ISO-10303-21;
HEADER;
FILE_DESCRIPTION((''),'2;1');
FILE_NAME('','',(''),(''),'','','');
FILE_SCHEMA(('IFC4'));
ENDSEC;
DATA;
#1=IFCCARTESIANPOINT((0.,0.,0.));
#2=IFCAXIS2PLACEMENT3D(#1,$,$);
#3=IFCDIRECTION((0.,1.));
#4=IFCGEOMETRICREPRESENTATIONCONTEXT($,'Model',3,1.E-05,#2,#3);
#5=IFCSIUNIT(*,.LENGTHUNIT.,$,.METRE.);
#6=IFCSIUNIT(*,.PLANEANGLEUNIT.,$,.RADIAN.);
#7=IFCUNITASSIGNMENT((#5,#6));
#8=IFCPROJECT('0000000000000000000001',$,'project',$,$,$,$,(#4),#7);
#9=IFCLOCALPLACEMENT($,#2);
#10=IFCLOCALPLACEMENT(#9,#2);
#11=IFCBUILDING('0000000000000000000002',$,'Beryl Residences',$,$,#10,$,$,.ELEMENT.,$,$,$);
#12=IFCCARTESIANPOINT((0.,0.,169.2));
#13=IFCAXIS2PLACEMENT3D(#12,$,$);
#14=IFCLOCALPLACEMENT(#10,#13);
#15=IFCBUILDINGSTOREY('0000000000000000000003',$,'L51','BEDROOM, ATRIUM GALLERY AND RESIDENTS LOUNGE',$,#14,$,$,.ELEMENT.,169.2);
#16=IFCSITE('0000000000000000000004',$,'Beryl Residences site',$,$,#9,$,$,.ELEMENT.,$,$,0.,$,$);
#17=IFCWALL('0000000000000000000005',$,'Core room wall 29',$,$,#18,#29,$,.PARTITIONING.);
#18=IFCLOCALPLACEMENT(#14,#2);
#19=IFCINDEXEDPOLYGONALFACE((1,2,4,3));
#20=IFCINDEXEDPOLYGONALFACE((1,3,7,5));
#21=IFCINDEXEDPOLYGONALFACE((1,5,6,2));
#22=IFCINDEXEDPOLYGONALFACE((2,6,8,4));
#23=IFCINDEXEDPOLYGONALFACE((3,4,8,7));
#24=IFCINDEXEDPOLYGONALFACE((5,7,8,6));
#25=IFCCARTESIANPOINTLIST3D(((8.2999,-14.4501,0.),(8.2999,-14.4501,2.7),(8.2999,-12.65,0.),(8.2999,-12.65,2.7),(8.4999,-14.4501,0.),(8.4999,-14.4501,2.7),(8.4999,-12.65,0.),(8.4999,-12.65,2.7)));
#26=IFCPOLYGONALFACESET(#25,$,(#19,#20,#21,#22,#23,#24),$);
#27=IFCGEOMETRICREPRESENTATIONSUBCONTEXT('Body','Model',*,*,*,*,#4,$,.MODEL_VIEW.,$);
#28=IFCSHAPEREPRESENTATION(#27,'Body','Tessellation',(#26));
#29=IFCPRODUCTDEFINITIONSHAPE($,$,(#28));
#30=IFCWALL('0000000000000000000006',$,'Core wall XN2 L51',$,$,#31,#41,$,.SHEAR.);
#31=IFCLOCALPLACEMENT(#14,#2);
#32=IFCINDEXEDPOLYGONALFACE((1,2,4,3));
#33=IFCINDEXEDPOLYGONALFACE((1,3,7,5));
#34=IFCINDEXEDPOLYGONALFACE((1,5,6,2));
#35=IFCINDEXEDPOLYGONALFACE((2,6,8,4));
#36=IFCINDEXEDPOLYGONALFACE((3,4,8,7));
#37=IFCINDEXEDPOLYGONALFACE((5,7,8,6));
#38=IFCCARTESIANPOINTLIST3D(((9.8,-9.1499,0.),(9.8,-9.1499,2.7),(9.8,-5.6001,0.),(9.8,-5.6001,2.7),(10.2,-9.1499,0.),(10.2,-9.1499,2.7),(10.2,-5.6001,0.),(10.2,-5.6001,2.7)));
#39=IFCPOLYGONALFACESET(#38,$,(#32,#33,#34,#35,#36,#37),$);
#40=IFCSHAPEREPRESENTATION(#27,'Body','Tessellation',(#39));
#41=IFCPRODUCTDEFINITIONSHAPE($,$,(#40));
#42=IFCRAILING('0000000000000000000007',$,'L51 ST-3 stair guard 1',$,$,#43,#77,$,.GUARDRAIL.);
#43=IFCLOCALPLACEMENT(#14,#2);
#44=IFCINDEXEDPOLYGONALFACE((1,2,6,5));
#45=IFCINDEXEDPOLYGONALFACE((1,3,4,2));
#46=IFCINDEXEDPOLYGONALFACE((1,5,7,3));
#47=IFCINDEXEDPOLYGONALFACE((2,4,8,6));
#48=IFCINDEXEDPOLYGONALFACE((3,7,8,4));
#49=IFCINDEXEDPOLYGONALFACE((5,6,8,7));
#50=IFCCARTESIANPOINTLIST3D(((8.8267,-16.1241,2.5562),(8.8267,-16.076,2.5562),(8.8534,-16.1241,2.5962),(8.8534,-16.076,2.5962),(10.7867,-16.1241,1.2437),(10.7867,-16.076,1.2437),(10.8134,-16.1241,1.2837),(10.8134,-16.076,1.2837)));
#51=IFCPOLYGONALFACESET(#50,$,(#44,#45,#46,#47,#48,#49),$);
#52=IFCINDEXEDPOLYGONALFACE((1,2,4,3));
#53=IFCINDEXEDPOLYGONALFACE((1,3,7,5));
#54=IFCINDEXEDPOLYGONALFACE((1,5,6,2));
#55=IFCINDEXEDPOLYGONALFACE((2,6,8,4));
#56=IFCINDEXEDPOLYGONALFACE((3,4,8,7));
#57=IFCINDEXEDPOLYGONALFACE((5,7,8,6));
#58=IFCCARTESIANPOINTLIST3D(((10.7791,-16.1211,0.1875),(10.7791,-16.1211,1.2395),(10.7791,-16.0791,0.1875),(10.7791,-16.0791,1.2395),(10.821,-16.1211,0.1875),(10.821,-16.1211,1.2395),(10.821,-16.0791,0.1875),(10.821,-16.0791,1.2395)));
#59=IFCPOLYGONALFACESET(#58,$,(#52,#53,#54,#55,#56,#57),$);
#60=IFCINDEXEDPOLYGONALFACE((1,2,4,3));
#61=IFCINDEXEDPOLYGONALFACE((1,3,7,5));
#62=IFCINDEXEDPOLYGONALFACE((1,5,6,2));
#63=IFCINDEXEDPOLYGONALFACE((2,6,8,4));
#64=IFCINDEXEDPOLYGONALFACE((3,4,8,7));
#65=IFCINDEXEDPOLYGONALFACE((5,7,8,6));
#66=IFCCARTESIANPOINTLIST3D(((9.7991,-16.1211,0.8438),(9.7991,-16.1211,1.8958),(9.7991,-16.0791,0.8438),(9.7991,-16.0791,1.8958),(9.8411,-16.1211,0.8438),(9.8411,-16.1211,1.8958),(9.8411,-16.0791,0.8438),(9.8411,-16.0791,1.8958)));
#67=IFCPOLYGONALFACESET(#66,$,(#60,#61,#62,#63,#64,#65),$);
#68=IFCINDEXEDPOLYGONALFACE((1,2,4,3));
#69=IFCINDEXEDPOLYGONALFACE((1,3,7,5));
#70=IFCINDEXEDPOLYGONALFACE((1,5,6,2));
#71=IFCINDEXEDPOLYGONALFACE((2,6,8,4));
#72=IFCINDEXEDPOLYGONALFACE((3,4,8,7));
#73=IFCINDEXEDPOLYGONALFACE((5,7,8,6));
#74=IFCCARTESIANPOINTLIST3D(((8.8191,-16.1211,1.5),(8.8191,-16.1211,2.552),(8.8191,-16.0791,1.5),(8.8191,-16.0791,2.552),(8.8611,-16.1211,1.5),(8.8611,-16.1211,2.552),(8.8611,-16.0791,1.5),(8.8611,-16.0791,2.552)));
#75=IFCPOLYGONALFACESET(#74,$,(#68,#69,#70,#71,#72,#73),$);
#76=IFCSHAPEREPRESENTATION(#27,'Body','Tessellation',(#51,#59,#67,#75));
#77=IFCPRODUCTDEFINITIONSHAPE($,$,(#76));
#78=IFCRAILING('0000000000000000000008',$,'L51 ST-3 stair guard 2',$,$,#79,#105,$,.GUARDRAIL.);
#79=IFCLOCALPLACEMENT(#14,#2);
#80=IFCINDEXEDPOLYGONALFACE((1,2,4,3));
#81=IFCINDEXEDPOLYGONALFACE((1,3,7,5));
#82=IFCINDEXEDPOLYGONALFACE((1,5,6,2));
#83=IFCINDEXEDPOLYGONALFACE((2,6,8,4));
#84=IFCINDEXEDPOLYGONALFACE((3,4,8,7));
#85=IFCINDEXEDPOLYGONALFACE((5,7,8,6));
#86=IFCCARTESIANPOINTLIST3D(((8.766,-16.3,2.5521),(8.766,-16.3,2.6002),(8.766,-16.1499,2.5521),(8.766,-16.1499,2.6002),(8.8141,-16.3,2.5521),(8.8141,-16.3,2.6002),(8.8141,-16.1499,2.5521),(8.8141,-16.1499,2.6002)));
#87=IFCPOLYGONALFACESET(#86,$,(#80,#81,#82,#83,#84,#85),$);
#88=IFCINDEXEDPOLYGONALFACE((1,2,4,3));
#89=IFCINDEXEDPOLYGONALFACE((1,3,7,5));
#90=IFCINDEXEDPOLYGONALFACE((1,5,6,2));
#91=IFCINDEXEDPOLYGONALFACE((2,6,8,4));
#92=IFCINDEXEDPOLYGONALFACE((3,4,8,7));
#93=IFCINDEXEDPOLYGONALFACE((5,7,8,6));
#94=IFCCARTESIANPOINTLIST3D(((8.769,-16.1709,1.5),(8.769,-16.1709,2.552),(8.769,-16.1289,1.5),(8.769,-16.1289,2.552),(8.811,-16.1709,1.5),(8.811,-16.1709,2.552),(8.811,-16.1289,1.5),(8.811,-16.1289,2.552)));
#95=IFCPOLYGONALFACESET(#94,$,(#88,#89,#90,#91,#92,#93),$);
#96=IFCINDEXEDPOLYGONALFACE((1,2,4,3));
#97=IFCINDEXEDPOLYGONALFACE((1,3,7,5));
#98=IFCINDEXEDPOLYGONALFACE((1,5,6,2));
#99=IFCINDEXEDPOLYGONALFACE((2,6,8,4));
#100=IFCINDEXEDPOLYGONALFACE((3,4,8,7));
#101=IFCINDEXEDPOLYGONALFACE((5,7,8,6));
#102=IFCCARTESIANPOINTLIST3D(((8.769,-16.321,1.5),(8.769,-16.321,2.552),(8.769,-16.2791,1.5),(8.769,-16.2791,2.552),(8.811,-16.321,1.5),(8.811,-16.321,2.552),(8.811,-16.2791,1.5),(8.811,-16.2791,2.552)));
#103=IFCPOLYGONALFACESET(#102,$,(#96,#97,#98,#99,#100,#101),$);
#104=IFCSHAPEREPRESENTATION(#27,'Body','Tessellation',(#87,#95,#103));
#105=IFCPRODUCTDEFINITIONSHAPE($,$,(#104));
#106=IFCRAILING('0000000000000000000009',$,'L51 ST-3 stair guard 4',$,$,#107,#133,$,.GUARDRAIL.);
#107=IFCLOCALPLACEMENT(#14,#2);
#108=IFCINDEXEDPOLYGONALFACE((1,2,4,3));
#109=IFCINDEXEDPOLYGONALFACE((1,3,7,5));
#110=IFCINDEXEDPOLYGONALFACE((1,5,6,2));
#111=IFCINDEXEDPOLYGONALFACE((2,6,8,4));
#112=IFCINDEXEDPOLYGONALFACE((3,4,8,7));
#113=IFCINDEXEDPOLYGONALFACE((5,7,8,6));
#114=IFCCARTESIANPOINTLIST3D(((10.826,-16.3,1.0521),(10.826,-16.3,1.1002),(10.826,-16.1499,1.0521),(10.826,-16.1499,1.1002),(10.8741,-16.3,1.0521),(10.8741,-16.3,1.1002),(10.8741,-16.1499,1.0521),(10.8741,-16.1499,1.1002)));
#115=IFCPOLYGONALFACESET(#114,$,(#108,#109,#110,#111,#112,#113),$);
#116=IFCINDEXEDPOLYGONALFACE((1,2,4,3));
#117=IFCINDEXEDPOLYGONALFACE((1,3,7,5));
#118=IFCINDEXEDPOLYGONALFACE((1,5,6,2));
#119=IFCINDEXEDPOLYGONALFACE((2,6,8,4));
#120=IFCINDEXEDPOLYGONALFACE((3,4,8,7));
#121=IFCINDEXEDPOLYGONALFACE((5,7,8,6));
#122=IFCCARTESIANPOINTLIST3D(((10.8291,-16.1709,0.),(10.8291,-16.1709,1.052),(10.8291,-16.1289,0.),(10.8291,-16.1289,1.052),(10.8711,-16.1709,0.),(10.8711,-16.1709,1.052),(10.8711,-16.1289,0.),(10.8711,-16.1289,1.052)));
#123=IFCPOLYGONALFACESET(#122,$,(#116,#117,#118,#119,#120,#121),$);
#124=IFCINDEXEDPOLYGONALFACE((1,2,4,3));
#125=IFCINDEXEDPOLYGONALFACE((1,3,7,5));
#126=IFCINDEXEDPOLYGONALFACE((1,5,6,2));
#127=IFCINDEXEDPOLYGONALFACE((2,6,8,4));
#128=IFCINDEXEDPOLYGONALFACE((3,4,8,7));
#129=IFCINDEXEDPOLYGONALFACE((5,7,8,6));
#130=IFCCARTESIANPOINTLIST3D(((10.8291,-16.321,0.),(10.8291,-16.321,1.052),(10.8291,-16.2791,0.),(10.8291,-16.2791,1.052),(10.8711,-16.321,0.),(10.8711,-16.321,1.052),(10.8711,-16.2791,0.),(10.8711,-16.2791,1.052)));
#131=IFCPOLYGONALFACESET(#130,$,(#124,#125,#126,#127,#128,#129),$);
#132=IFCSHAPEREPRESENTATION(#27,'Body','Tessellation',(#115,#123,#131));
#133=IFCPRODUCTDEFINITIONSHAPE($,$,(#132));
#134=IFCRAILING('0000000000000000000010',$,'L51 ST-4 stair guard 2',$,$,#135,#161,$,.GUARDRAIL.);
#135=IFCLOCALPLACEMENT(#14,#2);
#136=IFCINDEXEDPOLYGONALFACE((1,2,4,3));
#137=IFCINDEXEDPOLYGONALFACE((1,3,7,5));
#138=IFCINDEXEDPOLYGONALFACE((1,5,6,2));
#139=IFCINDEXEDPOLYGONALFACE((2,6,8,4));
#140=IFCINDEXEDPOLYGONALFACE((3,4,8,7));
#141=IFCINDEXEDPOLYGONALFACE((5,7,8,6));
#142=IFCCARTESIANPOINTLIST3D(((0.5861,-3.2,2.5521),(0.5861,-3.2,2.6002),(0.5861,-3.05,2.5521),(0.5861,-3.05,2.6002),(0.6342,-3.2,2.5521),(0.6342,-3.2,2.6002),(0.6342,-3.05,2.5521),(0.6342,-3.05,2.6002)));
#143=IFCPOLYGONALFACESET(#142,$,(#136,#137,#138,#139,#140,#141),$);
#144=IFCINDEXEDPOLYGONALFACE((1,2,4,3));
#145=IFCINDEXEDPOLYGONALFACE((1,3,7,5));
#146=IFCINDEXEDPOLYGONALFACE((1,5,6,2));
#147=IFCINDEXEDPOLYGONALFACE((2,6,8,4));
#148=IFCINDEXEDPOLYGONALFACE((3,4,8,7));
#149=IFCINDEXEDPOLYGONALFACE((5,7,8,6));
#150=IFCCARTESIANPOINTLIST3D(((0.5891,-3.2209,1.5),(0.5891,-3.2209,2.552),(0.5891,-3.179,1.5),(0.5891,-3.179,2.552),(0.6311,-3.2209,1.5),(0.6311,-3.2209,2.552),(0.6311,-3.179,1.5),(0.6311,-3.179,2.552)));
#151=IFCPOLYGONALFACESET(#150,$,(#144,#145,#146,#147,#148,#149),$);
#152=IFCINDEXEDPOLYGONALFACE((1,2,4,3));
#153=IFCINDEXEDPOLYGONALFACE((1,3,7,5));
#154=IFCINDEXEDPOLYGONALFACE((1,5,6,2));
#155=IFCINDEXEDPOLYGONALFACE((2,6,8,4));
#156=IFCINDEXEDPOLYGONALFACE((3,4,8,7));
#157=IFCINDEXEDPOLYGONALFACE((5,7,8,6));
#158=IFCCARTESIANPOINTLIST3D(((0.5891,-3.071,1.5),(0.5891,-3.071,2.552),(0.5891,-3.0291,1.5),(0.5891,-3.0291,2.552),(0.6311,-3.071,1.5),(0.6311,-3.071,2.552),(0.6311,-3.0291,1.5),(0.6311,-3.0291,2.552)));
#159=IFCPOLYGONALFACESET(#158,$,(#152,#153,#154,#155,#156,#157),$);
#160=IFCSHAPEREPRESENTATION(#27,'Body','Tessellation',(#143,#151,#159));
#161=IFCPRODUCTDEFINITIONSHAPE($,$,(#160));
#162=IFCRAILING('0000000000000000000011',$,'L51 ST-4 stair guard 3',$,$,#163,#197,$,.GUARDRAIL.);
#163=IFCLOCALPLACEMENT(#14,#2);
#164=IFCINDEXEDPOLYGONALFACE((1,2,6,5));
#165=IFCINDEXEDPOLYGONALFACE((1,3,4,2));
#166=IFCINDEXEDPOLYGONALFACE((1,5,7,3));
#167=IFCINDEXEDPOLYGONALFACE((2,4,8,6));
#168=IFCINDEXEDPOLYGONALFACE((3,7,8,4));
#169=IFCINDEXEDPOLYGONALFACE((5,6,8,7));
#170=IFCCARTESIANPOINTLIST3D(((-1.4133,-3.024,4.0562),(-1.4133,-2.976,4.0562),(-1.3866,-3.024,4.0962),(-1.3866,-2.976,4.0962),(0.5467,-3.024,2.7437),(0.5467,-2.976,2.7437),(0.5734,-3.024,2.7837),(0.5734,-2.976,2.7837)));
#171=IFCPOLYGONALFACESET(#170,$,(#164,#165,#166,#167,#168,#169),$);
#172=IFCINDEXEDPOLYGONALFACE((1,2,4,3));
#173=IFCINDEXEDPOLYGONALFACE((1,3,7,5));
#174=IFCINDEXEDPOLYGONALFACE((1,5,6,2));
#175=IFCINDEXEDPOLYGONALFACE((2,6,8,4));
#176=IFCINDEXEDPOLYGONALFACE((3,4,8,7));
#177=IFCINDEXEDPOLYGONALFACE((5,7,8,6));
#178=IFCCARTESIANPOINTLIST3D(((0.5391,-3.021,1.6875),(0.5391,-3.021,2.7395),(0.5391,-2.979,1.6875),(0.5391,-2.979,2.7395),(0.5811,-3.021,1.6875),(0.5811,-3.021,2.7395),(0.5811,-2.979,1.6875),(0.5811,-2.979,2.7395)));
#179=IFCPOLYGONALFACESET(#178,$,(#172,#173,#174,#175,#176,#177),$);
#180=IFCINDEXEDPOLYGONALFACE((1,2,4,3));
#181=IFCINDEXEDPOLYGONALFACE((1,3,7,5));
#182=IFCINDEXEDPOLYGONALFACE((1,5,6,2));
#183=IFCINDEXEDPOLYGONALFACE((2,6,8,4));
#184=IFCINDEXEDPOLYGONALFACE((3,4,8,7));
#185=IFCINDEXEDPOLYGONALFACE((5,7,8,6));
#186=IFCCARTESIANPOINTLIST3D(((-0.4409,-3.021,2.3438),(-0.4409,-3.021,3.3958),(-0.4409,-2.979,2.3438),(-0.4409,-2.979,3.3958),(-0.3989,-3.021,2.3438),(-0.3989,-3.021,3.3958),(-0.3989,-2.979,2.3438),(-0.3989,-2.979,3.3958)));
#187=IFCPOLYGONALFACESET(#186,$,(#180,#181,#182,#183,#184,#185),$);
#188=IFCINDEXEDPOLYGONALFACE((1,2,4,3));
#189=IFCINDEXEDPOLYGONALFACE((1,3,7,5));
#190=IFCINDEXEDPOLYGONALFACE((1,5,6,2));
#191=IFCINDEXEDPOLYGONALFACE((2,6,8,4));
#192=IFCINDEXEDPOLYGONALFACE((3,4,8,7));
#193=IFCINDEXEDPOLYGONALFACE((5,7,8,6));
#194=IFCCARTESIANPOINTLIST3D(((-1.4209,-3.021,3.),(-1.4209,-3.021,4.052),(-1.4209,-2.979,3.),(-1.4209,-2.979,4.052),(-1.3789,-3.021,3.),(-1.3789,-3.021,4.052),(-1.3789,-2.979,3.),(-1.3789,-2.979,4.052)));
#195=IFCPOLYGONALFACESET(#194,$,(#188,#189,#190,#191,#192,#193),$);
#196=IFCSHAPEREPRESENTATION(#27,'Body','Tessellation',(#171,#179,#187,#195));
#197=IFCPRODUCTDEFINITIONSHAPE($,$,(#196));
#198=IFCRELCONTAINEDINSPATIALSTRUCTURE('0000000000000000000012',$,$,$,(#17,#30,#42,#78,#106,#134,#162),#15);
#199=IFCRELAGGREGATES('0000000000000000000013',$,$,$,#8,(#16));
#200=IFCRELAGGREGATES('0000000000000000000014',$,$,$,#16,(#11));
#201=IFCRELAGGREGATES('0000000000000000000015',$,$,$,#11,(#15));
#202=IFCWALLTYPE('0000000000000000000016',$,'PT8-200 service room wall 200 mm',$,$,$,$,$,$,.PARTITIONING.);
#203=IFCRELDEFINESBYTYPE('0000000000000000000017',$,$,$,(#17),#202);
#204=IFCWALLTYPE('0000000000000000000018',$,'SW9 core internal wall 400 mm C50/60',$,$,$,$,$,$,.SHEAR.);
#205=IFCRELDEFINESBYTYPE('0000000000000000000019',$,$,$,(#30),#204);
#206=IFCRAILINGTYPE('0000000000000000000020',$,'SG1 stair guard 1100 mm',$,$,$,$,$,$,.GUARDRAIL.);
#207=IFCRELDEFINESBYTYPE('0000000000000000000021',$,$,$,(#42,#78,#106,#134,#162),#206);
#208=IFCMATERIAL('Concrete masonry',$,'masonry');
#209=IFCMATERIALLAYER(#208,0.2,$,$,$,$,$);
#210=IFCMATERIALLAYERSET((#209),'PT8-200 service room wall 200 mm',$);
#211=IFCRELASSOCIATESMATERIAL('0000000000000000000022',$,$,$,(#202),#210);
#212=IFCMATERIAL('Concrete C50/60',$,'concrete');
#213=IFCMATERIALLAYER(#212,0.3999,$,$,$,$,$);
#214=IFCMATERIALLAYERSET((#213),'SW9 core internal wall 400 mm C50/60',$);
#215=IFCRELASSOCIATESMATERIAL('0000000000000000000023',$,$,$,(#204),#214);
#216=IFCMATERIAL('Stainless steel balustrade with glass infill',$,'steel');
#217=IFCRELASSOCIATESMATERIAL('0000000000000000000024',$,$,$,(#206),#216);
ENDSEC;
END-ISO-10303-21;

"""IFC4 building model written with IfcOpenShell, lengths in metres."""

from ifc_helpers import new_model, si_unit, direction, frame, frame_2d, origin, origin_2d, place, context, subcontext, project, spatial, rectangle, extrude, material, layer, layer_set, type_object, element, save


model = new_model("IFC4")

# Units and contexts
model_context = context("Model", 3, precision=1e-05, world=origin(), true_north=direction((0.0, 1.0)))
body_context = subcontext(model_context, "Body", "Model", "MODEL_VIEW")
ifc_project = project(units=[si_unit("LENGTHUNIT", "METRE"), si_unit("PLANEANGLEUNIT", "RADIAN")], contexts=[model_context])

# Site, building, storey
site_placement = place(None, origin())
site = spatial("IfcSite", under=ifc_project, at=site_placement, Name="Beryl Residences site", CompositionType="ELEMENT", RefElevation=0.0)
building_placement = place(site_placement, origin())
building = spatial("IfcBuilding", under=site, at=building_placement, Name="Beryl Residences", CompositionType="ELEMENT")
storey_placement = place(building_placement, frame((0.0, 0.0, 169.2)))
storey = spatial("IfcBuildingStorey", under=building, at=storey_placement, Name="L51", Description="BEDROOM, ATRIUM GALLERY AND RESIDENTS LOUNGE", CompositionType="ELEMENT", Elevation=169.2)

# Walls
ifc_material_1 = material(Name="Concrete masonry", Category="masonry")
ifc_layer_1 = layer(ifc_material_1, 0.2)
ifc_layer_set_1 = layer_set([ifc_layer_1], Name="PT8-200 service room wall 200 mm")
wall_type_1 = type_object("IfcWallType", Name="PT8-200 service room wall 200 mm", PredefinedType="PARTITIONING", material=ifc_layer_set_1)
wall_1_placement = place(storey_placement, frame((8.3999, -14.45, 0.0), z_axis=(0.0, 0.0, 1.0), x_axis=(0.0, 1.0, 0.0)))
element("IfcWall", 1, at=wall_1_placement, inside=storey, type_object=wall_type_1, Name="Core room wall 29", PredefinedType="PARTITIONING", context=body_context, shape_type="SweptSolid", body=[
    extrude(rectangle(XDim=1.8, YDim=0.2, at=frame_2d((0.8999, 0.0))), origin(), (0.0, 0.0, 1.0), 2.7),
])
ifc_material_2 = material(Name="Concrete C50/60", Category="concrete")
ifc_layer_2 = layer(ifc_material_2, 0.3999)
ifc_layer_set_2 = layer_set([ifc_layer_2], Name="SW9 core internal wall 400 mm C50/60")
wall_type_2 = type_object("IfcWallType", Name="SW9 core internal wall 400 mm C50/60", PredefinedType="SHEAR", material=ifc_layer_set_2)
wall_2_placement = place(storey_placement, frame((10.0, -9.1499, 0.0), z_axis=(0.0, 0.0, 1.0), x_axis=(0.0, 1.0, 0.0)))
element("IfcWall", 2, at=wall_2_placement, inside=storey, type_object=wall_type_2, Name="Core wall XN2 L51", PredefinedType="SHEAR", context=body_context, shape_type="SweptSolid", body=[
    extrude(rectangle(XDim=3.5498, YDim=0.3999, at=frame_2d((1.7749, 0.0))), origin(), (0.0, 0.0, 1.0), 2.7),
])

# Railings
ifc_material_3 = material(Name="Stainless steel balustrade with glass infill", Category="steel")
railing_type_1 = type_object("IfcRailingType", Name="SG1 stair guard 1100 mm", PredefinedType="GUARDRAIL", material=ifc_material_3)
railing_1_placement = place(storey_placement, frame((10.8, -16.1001, 0.1875)))
element("IfcRailing", 3, at=railing_1_placement, inside=storey, type_object=railing_type_1, Name="L51 ST-3 stair guard 1", PredefinedType="GUARDRAIL", context=body_context, shape_type="SweptSolid", body=[
    extrude(rectangle(XDim=0.0481, YDim=0.0481, at=origin_2d()), frame((0.0, 0.0, 1.0762), z_axis=(-0.830902, 0.0, 0.556419), x_axis=(0.0, -1.0, 0.0)), (0.0, 0.0, 1.0), 2.3589),
    extrude(rectangle(XDim=0.042, YDim=0.042, at=origin_2d()), origin(), (0.0, 0.0, 1.0), 1.052),
    extrude(rectangle(XDim=0.042, YDim=0.042, at=origin_2d()), frame((-0.98, 0.0, 0.6562)), (0.0, 0.0, 1.0), 1.052),
    extrude(rectangle(XDim=0.042, YDim=0.042, at=origin_2d()), frame((-1.96, 0.0, 1.3125)), (0.0, 0.0, 1.0), 1.052),
])
for number, where, name in (
    (4, (8.79, -16.1499, 1.5), "L51 ST-3 stair guard 2"),
    (5, (10.8501, -16.1499, 0.0), "L51 ST-3 stair guard 4"),
):
    element("IfcRailing", number, at=place(storey_placement, frame(where)), inside=storey, type_object=railing_type_1, Name=name, PredefinedType="GUARDRAIL", context=body_context, shape_type="SweptSolid", body=[
        extrude(rectangle(XDim=0.0481, YDim=0.0481, at=origin_2d()), frame((0.0, 0.0, 1.0762), z_axis=(0.0, -1.0, 0.0), x_axis=(1.0, 0.0, 0.0)), (0.0, 0.0, 1.0), 0.1501),
        extrude(rectangle(XDim=0.042, YDim=0.042, at=origin_2d()), origin(), (0.0, 0.0, 1.0), 1.052),
        extrude(rectangle(XDim=0.042, YDim=0.042, at=origin_2d()), frame((0.0, -0.1501, 0.0)), (0.0, 0.0, 1.0), 1.052),
    ])
railing_2_placement = place(storey_placement, frame((0.6101, -3.2, 1.5)))
element("IfcRailing", 6, at=railing_2_placement, inside=storey, type_object=railing_type_1, Name="L51 ST-4 stair guard 2", PredefinedType="GUARDRAIL", context=body_context, shape_type="SweptSolid", body=[
    extrude(rectangle(XDim=0.0481, YDim=0.0481, at=origin_2d()), frame((0.0, 0.0, 1.0762), z_axis=(0.0, 1.0, 0.0), x_axis=(-1.0, 0.0, 0.0)), (0.0, 0.0, 1.0), 0.1499),
    extrude(rectangle(XDim=0.042, YDim=0.042, at=origin_2d()), origin(), (0.0, 0.0, 1.0), 1.052),
    extrude(rectangle(XDim=0.042, YDim=0.042, at=origin_2d()), frame((0.0, 0.1499, 0.0)), (0.0, 0.0, 1.0), 1.052),
])
railing_3_placement = place(storey_placement, frame((0.5601, -3.0, 1.6875)))
element("IfcRailing", 7, at=railing_3_placement, inside=storey, type_object=railing_type_1, Name="L51 ST-4 stair guard 3", PredefinedType="GUARDRAIL", context=body_context, shape_type="SweptSolid", body=[
    extrude(rectangle(XDim=0.0481, YDim=0.0481, at=origin_2d()), frame((0.0, 0.0, 1.0762), z_axis=(-0.830902, 0.0, 0.556419), x_axis=(0.0, -1.0, 0.0)), (0.0, 0.0, 1.0), 2.3589),
    extrude(rectangle(XDim=0.042, YDim=0.042, at=origin_2d()), origin(), (0.0, 0.0, 1.0), 1.052),
    extrude(rectangle(XDim=0.042, YDim=0.042, at=origin_2d()), frame((-0.98, 0.0, 0.6562)), (0.0, 0.0, 1.0), 1.052),
    extrude(rectangle(XDim=0.042, YDim=0.042, at=origin_2d()), frame((-1.96, 0.0, 1.3125)), (0.0, 0.0, 1.0), 1.052),
])

save(model, "model.ifc")
